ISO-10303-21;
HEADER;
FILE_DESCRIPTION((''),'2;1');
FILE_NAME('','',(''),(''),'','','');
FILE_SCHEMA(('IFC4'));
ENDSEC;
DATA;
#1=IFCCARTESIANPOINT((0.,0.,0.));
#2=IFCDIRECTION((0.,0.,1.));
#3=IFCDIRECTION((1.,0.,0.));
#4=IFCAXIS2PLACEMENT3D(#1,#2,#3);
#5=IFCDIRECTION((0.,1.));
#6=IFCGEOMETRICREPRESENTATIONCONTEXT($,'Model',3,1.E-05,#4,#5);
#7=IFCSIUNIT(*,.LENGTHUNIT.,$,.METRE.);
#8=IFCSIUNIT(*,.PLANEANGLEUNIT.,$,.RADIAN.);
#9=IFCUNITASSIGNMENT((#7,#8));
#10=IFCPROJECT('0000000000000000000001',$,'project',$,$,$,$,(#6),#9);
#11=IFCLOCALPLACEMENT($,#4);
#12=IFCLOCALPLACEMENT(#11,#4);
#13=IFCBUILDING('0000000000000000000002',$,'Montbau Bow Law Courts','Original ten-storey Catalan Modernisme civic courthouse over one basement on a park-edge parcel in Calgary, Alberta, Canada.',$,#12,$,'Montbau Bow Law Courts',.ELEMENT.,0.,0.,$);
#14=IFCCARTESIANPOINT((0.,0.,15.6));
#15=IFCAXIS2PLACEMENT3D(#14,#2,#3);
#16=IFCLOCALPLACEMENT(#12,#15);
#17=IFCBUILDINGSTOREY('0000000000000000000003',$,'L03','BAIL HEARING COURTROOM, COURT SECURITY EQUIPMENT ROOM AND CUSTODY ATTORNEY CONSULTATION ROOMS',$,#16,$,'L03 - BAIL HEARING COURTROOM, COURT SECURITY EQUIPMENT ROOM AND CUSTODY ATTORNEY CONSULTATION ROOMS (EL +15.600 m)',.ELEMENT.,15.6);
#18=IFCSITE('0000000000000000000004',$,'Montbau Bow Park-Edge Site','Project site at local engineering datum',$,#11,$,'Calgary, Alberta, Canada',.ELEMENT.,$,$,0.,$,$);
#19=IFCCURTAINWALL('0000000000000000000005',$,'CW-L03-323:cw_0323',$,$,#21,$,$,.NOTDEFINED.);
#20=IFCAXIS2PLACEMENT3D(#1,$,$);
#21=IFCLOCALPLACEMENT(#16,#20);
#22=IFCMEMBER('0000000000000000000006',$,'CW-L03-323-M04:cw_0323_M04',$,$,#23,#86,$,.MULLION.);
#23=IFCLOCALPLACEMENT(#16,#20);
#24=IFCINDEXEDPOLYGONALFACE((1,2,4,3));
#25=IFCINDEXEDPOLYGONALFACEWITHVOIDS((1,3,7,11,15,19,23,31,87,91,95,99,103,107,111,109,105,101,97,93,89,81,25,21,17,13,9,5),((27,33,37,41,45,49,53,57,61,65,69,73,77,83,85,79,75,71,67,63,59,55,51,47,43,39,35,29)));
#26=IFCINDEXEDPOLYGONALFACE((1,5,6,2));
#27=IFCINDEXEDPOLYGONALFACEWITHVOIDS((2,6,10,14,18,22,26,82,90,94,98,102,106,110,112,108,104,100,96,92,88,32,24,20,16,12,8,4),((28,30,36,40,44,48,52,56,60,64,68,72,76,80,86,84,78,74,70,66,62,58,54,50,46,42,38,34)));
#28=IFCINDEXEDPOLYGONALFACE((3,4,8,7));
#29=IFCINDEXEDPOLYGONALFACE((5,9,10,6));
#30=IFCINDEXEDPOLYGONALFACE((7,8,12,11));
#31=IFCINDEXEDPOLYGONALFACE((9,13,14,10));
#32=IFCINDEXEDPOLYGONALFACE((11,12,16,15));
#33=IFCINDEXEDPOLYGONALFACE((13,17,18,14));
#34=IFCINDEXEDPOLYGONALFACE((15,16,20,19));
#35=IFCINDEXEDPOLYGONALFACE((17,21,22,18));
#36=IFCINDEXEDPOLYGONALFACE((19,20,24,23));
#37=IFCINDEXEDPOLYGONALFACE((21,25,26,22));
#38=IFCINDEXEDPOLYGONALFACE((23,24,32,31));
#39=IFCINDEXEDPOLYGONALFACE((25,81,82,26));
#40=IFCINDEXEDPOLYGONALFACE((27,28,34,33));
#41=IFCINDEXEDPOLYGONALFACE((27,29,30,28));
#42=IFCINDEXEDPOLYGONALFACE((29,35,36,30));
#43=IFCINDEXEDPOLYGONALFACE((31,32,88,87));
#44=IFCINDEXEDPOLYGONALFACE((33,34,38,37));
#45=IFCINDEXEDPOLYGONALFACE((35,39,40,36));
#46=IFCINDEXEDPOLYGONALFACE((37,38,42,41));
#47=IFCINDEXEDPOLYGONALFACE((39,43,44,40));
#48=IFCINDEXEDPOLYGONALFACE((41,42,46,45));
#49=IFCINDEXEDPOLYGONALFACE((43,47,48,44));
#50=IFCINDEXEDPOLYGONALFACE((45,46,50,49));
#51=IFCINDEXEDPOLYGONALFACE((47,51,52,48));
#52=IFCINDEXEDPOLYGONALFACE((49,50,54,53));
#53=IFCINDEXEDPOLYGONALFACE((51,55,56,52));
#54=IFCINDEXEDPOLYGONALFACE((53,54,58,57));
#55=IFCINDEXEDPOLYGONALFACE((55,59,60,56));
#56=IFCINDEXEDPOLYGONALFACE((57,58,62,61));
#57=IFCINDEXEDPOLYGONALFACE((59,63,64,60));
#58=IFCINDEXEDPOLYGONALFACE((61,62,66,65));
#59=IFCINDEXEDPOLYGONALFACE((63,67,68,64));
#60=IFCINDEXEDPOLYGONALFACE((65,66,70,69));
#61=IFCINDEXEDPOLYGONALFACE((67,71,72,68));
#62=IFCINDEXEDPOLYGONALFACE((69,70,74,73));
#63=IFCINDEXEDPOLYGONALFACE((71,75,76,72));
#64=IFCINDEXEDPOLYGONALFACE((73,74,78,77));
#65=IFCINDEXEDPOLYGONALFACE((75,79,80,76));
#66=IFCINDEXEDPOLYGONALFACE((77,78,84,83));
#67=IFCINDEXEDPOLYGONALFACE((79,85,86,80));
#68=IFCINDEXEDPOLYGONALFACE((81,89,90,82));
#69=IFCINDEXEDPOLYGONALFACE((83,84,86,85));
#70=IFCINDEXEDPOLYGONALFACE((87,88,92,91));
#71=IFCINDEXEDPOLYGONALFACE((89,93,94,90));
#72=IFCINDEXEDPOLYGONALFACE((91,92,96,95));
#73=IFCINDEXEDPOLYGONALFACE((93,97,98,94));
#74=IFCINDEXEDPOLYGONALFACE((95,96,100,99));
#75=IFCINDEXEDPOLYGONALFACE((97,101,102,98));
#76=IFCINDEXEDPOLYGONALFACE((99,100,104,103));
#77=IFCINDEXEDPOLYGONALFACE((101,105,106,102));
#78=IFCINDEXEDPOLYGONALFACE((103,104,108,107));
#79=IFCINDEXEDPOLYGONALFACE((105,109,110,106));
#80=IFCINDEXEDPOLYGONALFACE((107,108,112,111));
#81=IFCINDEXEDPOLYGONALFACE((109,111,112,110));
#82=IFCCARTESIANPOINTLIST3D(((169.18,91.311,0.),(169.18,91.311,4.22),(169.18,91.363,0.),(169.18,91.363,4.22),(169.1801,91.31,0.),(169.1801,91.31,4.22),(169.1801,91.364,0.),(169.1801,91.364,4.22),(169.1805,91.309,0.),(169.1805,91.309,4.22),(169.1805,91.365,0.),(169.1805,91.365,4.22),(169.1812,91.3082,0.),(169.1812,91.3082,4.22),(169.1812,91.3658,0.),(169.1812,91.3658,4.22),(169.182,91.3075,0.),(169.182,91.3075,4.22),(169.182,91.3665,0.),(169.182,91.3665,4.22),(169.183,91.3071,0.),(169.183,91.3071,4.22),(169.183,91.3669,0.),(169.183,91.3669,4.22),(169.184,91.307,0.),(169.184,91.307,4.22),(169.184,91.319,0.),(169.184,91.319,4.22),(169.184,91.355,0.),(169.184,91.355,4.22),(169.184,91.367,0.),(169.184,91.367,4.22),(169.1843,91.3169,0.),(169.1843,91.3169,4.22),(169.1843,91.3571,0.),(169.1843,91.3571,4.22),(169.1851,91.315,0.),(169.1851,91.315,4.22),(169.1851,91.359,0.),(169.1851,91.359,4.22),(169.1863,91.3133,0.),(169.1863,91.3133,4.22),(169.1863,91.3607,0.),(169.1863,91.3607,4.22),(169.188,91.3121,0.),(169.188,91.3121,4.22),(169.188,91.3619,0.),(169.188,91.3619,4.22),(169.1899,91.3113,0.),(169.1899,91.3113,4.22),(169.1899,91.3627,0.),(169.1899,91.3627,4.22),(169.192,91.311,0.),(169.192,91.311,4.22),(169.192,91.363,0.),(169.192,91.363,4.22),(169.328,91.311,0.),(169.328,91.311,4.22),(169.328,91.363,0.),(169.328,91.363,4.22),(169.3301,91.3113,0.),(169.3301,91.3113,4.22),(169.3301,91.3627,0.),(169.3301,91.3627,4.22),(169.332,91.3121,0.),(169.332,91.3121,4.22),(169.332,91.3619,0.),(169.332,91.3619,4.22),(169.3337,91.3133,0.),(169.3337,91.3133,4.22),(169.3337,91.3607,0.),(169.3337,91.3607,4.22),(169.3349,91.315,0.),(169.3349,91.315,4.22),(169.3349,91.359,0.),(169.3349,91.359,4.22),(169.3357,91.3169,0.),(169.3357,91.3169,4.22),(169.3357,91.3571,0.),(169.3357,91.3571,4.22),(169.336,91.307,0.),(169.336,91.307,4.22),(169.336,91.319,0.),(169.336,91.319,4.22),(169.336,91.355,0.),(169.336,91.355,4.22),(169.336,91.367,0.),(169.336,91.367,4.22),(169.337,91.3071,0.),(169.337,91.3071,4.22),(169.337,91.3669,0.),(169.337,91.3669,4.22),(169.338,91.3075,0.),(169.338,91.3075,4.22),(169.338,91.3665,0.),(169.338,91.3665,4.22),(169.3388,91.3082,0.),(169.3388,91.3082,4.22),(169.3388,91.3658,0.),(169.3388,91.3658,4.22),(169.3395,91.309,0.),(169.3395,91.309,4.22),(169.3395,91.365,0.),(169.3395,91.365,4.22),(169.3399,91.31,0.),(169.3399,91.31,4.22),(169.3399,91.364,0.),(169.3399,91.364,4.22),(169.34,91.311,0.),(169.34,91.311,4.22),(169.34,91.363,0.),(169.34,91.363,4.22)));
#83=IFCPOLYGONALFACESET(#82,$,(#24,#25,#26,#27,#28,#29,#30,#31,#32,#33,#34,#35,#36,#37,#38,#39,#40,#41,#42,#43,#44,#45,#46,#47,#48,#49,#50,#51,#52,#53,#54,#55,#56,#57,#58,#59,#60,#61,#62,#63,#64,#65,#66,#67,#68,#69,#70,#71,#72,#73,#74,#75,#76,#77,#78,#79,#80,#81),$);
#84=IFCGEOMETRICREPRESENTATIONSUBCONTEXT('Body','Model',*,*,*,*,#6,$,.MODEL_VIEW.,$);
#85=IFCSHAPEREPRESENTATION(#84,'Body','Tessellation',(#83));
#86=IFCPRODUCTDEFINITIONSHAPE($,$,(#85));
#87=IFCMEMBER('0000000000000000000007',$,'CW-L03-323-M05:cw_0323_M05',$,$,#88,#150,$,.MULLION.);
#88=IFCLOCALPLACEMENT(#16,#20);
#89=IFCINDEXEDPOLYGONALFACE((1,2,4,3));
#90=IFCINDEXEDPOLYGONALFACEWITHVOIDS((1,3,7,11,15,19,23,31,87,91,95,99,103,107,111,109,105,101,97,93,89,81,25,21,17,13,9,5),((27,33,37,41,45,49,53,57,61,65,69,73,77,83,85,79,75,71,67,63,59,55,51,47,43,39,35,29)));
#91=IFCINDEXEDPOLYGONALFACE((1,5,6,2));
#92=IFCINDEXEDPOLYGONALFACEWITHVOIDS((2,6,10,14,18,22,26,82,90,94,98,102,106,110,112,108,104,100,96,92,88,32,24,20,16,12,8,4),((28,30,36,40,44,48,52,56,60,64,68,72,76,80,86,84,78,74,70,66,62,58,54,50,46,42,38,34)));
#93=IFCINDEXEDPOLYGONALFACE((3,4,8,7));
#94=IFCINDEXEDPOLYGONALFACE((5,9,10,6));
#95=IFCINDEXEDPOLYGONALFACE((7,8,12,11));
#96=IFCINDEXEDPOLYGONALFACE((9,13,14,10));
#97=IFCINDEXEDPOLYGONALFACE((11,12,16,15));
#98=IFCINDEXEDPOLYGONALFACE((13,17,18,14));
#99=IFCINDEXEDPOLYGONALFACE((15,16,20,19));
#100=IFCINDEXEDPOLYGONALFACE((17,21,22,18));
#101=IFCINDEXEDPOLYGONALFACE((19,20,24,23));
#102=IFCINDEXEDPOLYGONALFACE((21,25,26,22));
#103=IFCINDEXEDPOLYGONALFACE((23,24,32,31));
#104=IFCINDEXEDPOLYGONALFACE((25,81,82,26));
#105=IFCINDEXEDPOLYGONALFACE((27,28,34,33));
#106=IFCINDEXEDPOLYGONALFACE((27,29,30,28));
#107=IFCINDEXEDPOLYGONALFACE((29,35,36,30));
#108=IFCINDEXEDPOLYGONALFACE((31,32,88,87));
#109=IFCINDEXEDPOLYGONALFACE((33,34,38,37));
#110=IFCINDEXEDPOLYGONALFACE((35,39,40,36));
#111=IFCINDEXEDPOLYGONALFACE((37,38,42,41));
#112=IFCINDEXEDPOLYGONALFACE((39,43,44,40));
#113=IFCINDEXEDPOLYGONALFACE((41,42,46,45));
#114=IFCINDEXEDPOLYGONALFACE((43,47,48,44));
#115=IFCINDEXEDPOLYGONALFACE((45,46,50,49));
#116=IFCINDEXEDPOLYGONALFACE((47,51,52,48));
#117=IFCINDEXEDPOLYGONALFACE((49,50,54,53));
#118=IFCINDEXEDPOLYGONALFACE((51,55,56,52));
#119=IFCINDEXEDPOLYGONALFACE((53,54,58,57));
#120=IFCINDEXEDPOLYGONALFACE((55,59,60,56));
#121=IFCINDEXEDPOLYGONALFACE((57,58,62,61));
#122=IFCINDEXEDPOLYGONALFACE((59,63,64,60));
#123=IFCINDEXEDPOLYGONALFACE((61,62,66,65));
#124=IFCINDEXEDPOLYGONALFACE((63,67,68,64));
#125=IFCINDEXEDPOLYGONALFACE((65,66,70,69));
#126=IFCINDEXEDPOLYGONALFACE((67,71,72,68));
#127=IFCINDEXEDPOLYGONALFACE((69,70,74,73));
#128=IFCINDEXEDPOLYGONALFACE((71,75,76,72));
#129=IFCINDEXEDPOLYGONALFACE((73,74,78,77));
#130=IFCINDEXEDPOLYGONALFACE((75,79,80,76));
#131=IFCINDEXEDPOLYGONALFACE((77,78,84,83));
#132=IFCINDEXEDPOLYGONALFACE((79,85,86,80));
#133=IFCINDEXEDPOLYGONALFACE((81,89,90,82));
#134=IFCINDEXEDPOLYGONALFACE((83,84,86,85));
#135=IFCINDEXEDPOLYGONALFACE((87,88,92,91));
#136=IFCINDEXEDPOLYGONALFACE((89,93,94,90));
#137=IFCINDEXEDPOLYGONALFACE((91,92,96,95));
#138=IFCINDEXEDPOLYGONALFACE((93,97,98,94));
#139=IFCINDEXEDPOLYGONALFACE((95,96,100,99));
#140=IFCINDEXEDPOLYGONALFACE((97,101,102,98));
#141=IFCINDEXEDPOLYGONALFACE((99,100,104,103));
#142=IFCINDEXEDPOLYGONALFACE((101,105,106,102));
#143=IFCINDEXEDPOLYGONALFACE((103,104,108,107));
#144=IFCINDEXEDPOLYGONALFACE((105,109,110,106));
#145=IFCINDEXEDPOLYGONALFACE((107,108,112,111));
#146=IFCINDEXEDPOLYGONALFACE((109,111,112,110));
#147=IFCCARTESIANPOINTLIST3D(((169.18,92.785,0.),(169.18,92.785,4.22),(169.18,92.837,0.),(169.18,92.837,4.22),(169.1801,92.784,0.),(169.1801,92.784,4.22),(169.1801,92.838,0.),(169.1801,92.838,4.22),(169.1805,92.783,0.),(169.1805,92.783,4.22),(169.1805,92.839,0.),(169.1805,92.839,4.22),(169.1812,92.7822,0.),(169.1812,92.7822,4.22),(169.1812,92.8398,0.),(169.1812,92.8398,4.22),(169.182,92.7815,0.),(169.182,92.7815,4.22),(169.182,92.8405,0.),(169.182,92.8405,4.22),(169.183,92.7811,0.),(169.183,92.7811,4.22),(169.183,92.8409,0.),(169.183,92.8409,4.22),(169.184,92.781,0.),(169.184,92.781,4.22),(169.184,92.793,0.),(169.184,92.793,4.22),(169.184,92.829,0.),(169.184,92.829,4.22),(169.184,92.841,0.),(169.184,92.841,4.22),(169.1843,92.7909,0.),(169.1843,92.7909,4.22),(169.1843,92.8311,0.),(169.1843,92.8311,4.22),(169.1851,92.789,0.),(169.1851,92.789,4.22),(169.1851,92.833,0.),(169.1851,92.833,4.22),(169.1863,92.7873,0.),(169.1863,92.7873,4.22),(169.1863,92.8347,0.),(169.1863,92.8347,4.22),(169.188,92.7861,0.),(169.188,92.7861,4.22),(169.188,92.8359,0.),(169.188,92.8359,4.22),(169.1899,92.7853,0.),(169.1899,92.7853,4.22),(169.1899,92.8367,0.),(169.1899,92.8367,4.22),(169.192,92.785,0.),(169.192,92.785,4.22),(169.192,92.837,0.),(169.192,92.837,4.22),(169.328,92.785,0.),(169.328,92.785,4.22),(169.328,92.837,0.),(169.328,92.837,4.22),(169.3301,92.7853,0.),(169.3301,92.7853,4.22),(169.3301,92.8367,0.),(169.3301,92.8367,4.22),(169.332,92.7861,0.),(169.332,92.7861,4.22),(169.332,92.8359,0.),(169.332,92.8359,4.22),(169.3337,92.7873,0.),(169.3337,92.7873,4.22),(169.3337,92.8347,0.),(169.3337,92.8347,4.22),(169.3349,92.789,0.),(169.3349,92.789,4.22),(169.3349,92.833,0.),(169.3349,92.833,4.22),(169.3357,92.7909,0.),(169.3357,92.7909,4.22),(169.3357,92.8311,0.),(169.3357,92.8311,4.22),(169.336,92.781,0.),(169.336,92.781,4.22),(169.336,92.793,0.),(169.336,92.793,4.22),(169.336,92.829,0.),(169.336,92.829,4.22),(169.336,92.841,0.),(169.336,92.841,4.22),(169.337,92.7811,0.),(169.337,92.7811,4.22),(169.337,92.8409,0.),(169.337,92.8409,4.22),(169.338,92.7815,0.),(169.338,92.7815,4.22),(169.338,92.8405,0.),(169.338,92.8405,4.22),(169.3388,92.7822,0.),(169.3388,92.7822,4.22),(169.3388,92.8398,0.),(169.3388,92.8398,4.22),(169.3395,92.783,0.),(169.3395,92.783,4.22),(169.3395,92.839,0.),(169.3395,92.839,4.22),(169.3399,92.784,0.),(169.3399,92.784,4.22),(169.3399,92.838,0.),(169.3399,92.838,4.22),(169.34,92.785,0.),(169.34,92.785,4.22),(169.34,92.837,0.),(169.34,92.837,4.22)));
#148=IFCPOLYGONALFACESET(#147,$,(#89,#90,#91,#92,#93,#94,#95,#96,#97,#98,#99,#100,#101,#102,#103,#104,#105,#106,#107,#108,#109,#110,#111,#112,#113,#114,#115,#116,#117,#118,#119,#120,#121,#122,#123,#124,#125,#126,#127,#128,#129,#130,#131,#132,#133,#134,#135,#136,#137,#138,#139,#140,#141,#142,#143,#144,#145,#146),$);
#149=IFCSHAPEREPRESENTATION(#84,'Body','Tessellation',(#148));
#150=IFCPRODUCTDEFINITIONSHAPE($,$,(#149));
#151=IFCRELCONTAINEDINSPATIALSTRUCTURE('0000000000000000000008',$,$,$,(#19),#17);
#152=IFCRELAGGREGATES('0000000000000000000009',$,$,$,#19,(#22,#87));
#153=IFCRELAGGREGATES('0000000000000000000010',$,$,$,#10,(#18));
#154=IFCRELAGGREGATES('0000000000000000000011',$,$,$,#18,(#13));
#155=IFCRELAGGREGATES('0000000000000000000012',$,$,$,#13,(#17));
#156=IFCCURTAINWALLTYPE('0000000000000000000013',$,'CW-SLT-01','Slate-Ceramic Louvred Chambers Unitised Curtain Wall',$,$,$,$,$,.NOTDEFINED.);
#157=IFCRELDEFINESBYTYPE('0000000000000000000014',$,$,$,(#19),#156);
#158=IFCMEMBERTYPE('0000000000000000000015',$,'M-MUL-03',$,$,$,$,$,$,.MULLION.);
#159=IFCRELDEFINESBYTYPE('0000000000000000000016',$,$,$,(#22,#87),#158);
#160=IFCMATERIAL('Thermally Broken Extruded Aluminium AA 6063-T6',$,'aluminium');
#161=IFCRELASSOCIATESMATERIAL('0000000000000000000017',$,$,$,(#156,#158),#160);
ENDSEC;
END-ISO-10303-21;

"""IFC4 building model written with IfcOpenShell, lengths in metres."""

from ifc_helpers import new_model, si_unit, direction, frame, origin_with_axes, origin_2d_with_axis, place, context, subcontext, project, spatial, hollow_rectangle, extrude, material, material_profile, profile_set, type_object, element, aggregate, save


model = new_model("IFC4")

# Units and contexts
model_context = context("Model", 3, precision=1e-05, world=origin_with_axes(), true_north=direction((0.0, 1.0)))
body_context = subcontext(model_context, "Body", "Model", "MODEL_VIEW")
ifc_project = project(units=[si_unit("LENGTHUNIT", "METRE"), si_unit("PLANEANGLEUNIT", "RADIAN")], contexts=[model_context])

# Site, building, storey
site_placement = place(None, origin_with_axes())
site = spatial("IfcSite", under=ifc_project, at=site_placement, Name="Montbau Bow Park-Edge Site", Description="Project site at local engineering datum", LongName="Calgary, Alberta, Canada", CompositionType="ELEMENT", RefElevation=0.0)
building_placement = place(site_placement, origin_with_axes())
building = spatial("IfcBuilding", under=site, at=building_placement, Name="Montbau Bow Law Courts", Description="Original ten-storey Catalan Modernisme civic courthouse over one basement on a park-edge parcel in Calgary, Alberta, Canada.", LongName="Montbau Bow Law Courts", CompositionType="ELEMENT", ElevationOfRefHeight=0.0, ElevationOfTerrain=0.0)
storey_placement = place(building_placement, frame((0.0, 0.0, 15.6), z_axis=(0.0, 0.0, 1.0), x_axis=(1.0, 0.0, 0.0)))
storey = spatial("IfcBuildingStorey", under=building, at=storey_placement, Name="L03", Description="BAIL HEARING COURTROOM, COURT SECURITY EQUIPMENT ROOM AND CUSTODY ATTORNEY CONSULTATION ROOMS", LongName="L03 - BAIL HEARING COURTROOM, COURT SECURITY EQUIPMENT ROOM AND CUSTODY ATTORNEY CONSULTATION ROOMS (EL +15.600 m)", CompositionType="ELEMENT", Elevation=15.6)

# Curtain wall, members
ifc_material_1 = material(Name="Thermally Broken Extruded Aluminium AA 6063-T6", Category="aluminium")
curtain_wall_type = type_object("IfcCurtainWallType", Name="CW-SLT-01", Description="Slate-Ceramic Louvred Chambers Unitised Curtain Wall", PredefinedType="NOTDEFINED", material=ifc_material_1)
curtain_wall_placement = place(None, frame((169.26, 86.915, 15.6), z_axis=(0.0, 0.0, 1.0), x_axis=(1.0, 0.0, 0.0)))
curtain_wall = element("IfcCurtainWall", 1, at=curtain_wall_placement, inside=storey, type_object=curtain_wall_type, Name="CW-L03-323:cw_0323", PredefinedType="NOTDEFINED")
ifc_material_profile_1 = material_profile(ifc_material_1, hollow_rectangle(XDim=0.06, YDim=0.16, WallThickness=0.004, InnerFilletRadius=0.008, OuterFilletRadius=0.004, at=origin_2d_with_axis()), Name="CWM-160X60", Category="Main", Priority=0)
ifc_profile_set_1 = profile_set([ifc_material_profile_1], Name="Thermally Broken Extruded Aluminium AA 6063-T6")
member_type_1 = type_object("IfcMemberType", Name="M-MUL-03", PredefinedType="MULLION", material=ifc_profile_set_1)
member_1_placement = place(None, frame((169.26, 91.337, 15.6), z_axis=(0.0, 0.0, 1.0), x_axis=(0.0, 1.0, 0.0)))
member_1 = element("IfcMember", 2, at=member_1_placement, type_object=member_type_1, Name="CW-L03-323-M04:cw_0323_M04", PredefinedType="MULLION", context=body_context, shape_type="SweptSolid", body=[
    extrude(hollow_rectangle(XDim=0.06, YDim=0.16, WallThickness=0.004, InnerFilletRadius=0.008, OuterFilletRadius=0.004, at=origin_2d_with_axis()), origin_with_axes(), (0.0, 0.0, 1.0), 4.22),
])
member_2_placement = place(None, frame((169.26, 92.811, 15.6), z_axis=(0.0, 0.0, 1.0), x_axis=(0.0, 1.0, 0.0)))
member_2 = element("IfcMember", 3, at=member_2_placement, type_object=member_type_1, Name="CW-L03-323-M05:cw_0323_M05", PredefinedType="MULLION", context=body_context, shape_type="SweptSolid", body=[
    extrude(hollow_rectangle(XDim=0.06, YDim=0.16, WallThickness=0.004, InnerFilletRadius=0.008, OuterFilletRadius=0.004, at=origin_2d_with_axis()), origin_with_axes(), (0.0, 0.0, 1.0), 4.22),
])
aggregate(curtain_wall, [member_1, member_2])

save(model, "model.ifc")
